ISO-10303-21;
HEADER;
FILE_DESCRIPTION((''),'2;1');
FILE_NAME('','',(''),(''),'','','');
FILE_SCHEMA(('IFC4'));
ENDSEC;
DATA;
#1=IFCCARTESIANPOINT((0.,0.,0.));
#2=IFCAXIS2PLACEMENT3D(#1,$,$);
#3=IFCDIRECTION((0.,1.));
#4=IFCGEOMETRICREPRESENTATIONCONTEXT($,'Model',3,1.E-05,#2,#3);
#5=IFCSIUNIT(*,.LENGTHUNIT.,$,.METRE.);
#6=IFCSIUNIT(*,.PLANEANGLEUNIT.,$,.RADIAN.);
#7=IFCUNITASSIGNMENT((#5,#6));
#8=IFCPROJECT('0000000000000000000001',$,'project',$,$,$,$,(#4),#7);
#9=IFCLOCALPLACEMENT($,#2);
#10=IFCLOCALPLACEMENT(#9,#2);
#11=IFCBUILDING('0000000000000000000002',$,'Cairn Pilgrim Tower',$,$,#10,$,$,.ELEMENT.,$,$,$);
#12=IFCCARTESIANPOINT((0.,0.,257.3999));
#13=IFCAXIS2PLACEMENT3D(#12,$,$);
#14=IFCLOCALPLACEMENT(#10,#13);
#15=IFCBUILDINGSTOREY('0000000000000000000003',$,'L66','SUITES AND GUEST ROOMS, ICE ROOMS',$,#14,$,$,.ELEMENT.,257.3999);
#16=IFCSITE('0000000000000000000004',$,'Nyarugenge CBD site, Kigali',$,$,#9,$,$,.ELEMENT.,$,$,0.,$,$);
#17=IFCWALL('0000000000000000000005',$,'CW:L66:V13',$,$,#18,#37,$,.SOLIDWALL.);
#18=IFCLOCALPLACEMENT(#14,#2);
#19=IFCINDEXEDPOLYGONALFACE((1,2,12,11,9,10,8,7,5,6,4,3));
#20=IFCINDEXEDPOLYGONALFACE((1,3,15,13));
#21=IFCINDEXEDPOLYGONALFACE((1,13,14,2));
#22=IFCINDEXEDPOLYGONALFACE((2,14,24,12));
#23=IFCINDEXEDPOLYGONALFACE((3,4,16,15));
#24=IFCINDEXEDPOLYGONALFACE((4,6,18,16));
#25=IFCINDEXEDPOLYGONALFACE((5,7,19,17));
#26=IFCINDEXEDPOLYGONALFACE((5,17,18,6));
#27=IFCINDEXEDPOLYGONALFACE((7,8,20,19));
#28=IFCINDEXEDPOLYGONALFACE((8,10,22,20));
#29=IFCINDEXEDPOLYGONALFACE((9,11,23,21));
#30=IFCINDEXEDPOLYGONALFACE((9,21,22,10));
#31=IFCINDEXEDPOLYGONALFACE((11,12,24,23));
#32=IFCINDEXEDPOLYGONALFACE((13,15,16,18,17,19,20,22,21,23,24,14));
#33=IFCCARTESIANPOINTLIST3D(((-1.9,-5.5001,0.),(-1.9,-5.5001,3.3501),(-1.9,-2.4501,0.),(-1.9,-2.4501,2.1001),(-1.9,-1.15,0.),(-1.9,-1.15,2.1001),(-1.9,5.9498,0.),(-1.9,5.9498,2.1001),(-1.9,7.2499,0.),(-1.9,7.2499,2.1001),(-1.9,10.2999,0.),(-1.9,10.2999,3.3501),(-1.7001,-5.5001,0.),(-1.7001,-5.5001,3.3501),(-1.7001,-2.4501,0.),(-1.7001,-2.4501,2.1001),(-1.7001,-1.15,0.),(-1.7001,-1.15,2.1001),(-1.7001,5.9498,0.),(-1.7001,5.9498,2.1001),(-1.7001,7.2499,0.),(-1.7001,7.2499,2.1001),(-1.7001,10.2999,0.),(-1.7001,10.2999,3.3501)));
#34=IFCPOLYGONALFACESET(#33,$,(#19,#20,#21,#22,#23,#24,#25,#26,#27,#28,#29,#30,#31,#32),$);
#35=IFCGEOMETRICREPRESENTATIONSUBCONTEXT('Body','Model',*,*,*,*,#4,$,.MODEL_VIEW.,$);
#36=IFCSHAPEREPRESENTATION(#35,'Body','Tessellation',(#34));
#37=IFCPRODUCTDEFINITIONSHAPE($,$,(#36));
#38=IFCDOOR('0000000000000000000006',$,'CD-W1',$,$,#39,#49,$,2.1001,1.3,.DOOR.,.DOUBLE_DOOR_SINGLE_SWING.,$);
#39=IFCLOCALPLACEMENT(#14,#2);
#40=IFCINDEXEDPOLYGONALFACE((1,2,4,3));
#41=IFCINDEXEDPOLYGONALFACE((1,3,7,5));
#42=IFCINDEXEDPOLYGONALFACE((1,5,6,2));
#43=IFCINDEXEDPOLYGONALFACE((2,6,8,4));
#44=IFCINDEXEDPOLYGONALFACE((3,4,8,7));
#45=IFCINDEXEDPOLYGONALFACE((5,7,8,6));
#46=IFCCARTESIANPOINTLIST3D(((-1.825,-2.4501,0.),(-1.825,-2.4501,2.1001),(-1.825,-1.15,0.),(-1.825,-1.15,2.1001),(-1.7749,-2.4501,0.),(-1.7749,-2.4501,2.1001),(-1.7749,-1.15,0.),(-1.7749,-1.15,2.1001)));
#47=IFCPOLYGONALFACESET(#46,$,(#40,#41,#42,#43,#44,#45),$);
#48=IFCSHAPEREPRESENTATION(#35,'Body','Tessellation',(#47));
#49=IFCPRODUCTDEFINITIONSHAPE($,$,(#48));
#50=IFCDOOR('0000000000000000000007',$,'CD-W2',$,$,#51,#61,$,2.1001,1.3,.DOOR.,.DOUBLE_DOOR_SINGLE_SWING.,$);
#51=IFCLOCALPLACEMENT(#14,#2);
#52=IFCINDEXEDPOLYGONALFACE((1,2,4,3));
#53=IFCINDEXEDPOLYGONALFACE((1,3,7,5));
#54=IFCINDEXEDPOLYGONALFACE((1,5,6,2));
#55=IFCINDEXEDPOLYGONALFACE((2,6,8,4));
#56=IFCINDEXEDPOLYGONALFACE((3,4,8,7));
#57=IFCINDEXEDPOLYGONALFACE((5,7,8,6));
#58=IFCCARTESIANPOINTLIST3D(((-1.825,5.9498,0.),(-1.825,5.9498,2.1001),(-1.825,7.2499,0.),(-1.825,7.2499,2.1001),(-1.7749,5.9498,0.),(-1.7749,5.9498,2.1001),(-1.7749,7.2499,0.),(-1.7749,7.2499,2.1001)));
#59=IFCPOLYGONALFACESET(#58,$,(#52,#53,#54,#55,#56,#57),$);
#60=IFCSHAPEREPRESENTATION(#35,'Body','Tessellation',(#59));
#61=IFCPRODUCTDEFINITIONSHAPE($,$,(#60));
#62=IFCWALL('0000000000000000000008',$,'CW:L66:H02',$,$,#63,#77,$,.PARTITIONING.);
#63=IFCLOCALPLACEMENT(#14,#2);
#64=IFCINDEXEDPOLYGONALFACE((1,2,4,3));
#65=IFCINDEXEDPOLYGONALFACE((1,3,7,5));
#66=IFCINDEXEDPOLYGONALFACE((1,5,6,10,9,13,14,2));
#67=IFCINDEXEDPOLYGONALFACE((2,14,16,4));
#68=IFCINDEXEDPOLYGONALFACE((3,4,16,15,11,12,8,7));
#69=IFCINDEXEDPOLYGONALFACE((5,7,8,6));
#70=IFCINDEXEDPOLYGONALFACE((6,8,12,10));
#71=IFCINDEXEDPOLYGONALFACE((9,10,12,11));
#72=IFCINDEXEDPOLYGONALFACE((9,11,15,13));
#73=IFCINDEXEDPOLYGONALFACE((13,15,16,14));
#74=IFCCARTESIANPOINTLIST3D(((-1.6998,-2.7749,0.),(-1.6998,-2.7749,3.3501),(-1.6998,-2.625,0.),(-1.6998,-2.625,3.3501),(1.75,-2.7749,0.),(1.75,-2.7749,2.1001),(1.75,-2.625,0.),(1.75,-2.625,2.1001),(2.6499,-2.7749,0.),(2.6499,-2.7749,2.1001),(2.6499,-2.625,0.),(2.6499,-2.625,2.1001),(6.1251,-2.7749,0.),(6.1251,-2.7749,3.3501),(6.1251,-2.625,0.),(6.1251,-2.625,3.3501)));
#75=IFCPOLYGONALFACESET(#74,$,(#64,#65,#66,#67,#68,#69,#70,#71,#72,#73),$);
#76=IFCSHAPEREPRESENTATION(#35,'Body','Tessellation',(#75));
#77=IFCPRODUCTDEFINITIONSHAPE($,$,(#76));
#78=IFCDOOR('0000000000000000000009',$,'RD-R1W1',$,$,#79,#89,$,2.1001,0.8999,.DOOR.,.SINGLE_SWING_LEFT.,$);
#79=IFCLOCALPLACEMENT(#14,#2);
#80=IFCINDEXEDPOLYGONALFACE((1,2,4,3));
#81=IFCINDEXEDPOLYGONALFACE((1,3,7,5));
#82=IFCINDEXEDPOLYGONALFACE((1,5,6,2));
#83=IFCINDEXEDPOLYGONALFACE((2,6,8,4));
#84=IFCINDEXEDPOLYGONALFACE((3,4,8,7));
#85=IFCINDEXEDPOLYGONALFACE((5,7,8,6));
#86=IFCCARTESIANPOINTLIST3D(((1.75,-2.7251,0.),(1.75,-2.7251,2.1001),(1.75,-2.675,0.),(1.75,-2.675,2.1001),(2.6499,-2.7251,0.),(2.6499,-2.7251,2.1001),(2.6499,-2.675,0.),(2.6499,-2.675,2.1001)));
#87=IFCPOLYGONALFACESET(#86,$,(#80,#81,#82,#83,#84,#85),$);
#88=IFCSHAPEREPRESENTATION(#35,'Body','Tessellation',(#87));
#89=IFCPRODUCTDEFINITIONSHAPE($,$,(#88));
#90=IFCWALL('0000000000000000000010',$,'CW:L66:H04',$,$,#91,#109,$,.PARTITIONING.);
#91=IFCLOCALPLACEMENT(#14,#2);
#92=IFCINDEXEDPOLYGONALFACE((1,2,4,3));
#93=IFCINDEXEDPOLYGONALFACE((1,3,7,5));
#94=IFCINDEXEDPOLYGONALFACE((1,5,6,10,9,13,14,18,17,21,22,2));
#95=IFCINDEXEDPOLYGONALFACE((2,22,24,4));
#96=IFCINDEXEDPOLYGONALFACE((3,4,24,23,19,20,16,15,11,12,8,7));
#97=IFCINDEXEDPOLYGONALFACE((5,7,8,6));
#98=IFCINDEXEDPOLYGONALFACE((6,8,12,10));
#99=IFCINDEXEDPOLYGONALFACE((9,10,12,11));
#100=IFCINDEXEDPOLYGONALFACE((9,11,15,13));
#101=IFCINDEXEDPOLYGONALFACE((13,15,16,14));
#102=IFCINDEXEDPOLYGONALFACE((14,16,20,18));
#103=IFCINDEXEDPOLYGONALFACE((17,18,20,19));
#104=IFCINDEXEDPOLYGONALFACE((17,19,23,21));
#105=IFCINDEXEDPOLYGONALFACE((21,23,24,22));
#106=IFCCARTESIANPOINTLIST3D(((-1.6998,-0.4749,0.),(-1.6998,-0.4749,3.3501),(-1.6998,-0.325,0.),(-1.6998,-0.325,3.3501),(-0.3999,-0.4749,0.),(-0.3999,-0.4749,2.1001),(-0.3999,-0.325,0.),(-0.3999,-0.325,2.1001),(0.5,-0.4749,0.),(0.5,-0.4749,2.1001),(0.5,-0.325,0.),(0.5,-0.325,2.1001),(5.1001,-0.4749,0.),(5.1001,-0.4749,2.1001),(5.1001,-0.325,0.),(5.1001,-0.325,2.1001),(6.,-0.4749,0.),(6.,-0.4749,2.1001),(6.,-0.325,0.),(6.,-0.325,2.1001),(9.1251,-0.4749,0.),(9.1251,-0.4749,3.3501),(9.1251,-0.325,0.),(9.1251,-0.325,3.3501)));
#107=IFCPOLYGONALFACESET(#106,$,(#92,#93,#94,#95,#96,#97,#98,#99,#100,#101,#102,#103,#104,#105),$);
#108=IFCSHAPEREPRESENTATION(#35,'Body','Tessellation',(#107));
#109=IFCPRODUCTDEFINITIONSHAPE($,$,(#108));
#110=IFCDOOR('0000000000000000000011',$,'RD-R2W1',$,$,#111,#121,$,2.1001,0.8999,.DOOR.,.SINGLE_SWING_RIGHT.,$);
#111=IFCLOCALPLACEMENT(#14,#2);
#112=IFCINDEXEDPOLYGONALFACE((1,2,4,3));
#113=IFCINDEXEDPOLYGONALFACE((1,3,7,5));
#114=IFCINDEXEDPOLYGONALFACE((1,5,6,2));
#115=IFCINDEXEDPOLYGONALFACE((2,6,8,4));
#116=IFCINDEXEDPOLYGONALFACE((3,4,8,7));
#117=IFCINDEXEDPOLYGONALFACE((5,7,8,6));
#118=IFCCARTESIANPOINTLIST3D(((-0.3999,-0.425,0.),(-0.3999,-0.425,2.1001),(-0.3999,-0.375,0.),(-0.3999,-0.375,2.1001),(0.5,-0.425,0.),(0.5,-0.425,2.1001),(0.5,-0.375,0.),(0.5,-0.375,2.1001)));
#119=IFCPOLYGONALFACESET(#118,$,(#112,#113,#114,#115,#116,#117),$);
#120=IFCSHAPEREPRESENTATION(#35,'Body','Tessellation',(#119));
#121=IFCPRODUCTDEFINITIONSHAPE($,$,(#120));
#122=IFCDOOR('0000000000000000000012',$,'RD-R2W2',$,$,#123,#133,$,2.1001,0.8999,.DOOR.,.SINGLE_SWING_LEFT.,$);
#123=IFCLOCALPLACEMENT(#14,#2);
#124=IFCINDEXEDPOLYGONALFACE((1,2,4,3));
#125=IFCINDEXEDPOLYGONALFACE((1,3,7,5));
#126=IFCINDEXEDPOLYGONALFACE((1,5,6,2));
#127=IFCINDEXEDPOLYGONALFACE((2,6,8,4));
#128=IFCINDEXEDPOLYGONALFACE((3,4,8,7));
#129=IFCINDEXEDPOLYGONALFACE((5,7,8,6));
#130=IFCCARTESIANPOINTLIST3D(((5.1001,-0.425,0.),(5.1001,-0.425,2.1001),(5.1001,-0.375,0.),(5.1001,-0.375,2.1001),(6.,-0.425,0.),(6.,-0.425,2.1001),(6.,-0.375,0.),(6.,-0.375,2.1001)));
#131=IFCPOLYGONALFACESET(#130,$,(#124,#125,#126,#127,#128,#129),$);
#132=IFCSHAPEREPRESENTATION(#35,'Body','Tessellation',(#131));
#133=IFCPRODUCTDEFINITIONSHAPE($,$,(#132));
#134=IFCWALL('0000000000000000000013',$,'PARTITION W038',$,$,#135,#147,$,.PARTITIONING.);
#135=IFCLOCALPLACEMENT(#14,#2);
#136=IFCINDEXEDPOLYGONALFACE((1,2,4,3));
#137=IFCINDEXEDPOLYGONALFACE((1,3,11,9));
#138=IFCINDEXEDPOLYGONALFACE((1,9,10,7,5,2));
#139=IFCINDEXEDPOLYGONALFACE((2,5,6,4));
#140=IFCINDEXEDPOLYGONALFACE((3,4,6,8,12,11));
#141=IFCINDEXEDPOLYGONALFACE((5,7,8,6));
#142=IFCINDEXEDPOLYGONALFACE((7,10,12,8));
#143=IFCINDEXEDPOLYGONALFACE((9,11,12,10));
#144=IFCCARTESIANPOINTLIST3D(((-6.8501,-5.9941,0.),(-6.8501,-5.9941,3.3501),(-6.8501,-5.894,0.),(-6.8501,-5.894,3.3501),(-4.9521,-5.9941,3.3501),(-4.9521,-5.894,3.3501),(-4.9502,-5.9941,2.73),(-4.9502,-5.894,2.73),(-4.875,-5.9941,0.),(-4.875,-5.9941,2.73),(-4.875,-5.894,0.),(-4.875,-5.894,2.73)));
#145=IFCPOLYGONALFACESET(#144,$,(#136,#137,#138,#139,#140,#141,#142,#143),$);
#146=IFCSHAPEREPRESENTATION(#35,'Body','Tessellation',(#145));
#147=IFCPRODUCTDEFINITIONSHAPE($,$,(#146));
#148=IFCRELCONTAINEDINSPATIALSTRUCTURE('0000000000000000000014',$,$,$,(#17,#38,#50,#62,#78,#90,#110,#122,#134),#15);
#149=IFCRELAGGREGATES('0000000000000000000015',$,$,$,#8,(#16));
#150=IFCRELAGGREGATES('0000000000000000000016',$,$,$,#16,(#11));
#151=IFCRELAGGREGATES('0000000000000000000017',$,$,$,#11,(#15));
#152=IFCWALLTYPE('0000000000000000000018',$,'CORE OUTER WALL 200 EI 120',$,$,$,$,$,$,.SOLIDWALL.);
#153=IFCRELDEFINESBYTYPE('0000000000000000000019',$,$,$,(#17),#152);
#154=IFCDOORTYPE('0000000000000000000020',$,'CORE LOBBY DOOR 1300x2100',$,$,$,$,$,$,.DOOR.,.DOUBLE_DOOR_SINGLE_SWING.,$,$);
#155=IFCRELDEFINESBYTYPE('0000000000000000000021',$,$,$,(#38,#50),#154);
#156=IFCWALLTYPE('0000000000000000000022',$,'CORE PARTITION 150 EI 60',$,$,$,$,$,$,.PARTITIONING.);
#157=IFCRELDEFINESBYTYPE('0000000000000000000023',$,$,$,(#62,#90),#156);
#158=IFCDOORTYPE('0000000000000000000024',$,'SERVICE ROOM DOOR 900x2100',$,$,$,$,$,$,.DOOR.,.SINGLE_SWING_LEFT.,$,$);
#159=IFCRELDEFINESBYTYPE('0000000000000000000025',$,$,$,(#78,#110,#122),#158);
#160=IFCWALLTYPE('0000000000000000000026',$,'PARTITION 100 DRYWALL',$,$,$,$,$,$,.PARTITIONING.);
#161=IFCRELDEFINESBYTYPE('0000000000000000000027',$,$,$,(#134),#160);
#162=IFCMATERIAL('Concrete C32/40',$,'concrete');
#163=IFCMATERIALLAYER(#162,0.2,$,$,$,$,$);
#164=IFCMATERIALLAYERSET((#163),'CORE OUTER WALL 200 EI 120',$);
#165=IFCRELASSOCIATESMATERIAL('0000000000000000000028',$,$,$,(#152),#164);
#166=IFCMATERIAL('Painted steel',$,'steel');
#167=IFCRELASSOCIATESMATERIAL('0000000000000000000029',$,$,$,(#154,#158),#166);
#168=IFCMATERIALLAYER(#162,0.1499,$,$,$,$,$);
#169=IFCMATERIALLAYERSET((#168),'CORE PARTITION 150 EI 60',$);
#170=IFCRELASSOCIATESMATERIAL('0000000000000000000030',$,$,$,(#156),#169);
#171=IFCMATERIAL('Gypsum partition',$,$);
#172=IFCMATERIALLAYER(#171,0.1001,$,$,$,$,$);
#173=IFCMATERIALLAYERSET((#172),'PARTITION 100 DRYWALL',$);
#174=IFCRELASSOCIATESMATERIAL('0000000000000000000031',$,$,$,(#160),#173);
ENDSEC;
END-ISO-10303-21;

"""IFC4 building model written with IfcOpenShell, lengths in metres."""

from ifc_helpers import new_model, si_unit, direction, frame, frame_2d, origin, place, context, subcontext, project, spatial, polyline, rectangle, outline, extrude, material, layer, layer_set, type_object, element, fill, save


model = new_model("IFC4")

# Units and contexts
model_context = context("Model", 3, precision=1e-05, world=origin(), true_north=direction((0.0, 1.0)))
body_context = subcontext(model_context, "Body", "Model", "MODEL_VIEW")
ifc_project = project(units=[si_unit("LENGTHUNIT", "METRE"), si_unit("PLANEANGLEUNIT", "RADIAN")], contexts=[model_context])

# Site, building, storey
site_placement = place(None, origin())
site = spatial("IfcSite", under=ifc_project, at=site_placement, Name="Nyarugenge CBD site, Kigali", CompositionType="ELEMENT", RefElevation=0.0)
building_placement = place(site_placement, origin())
building = spatial("IfcBuilding", under=site, at=building_placement, Name="Cairn Pilgrim Tower", CompositionType="ELEMENT")
storey_placement = place(building_placement, frame((0.0, 0.0, 257.3999)))
storey = spatial("IfcBuildingStorey", under=building, at=storey_placement, Name="L66", Description="SUITES AND GUEST ROOMS, ICE ROOMS", CompositionType="ELEMENT", Elevation=257.3999)

# Shared definitions
ifc_material_1 = material(Name="Concrete C32/40", Category="concrete")
ifc_layer_1 = layer(ifc_material_1, 0.2)
ifc_layer_set_1 = layer_set([ifc_layer_1], Name="CORE OUTER WALL 200 EI 120")
wall_type_1 = type_object("IfcWallType", Name="CORE OUTER WALL 200 EI 120", PredefinedType="SOLIDWALL", material=ifc_layer_set_1)

# Wall, openings, doors
wall_1_placement = place(storey_placement, frame((-1.8, -5.5, 0.0), z_axis=(0.0, 0.0, 1.0), x_axis=(0.0, 1.0, 0.0)))
wall_1 = element("IfcWall", 1, at=wall_1_placement, inside=storey, type_object=wall_type_1, Name="CW:L66:V13", PredefinedType="SOLIDWALL", context=body_context, shape_type="SweptSolid", body=[
    extrude(rectangle(XDim=15.8, YDim=0.2, at=frame_2d((7.8999, 0.0))), origin(), (0.0, 0.0, 1.0), 3.3501),
])
opening_1_placement = place(wall_1_placement, frame((3.05, 0.0, 0.0)))
opening_1 = element("IfcOpeningElement", 2, at=opening_1_placement, cuts=wall_1, PredefinedType="OPENING", context=body_context, shape_type="SweptSolid", body=[
    extrude(rectangle(XDim=1.3, YDim=2.1001, at=frame_2d((0.6499, 1.05))), frame((0.0, 0.1099, 0.0), z_axis=(0.0, -1.0, 0.0), x_axis=(1.0, 0.0, 0.0)), (0.0, 0.0, 1.0), 0.22),
])
opening_2_placement = place(wall_1_placement, frame((11.45, 0.0, 0.0)))
opening_2 = element("IfcOpeningElement", 3, at=opening_2_placement, cuts=wall_1, PredefinedType="OPENING", context=body_context, shape_type="SweptSolid", body=[
    extrude(rectangle(XDim=1.3, YDim=2.1001, at=frame_2d((0.6499, 1.05))), frame((0.0, 0.1099, 0.0), z_axis=(0.0, -1.0, 0.0), x_axis=(1.0, 0.0, 0.0)), (0.0, 0.0, 1.0), 0.22),
])
ifc_material_2 = material(Name="Painted steel", Category="steel")
door_type_1 = type_object("IfcDoorType", Name="CORE LOBBY DOOR 1300x2100", OperationType="DOUBLE_DOOR_SINGLE_SWING", PredefinedType="DOOR", material=ifc_material_2)
door_1_placement = place(opening_1_placement, origin())
door_1 = element("IfcDoor", 4, at=door_1_placement, inside=storey, type_object=door_type_1, Name="CD-W1", OperationType="DOUBLE_DOOR_SINGLE_SWING", OverallHeight=2.1001, OverallWidth=1.3, PredefinedType="DOOR", context=body_context, shape_type="SweptSolid", body=[
    extrude(rectangle(XDim=1.3, YDim=2.1001, at=frame_2d((0.6499, 1.05))), frame((0.0, 0.0249, 0.0), z_axis=(0.0, -1.0, 0.0), x_axis=(1.0, 0.0, 0.0)), (0.0, 0.0, 1.0), 0.05),
])
fill(opening_1, door_1)
door_2_placement = place(opening_2_placement, origin())
door_2 = element("IfcDoor", 5, at=door_2_placement, inside=storey, type_object=door_type_1, Name="CD-W2", OperationType="DOUBLE_DOOR_SINGLE_SWING", OverallHeight=2.1001, OverallWidth=1.3, PredefinedType="DOOR", context=body_context, shape_type="SweptSolid", body=[
    extrude(rectangle(XDim=1.3, YDim=2.1001, at=frame_2d((0.6499, 1.05))), frame((0.0, 0.0249, 0.0), z_axis=(0.0, -1.0, 0.0), x_axis=(1.0, 0.0, 0.0)), (0.0, 0.0, 1.0), 0.05),
])
fill(opening_2, door_2)

# Wall, opening, door
ifc_layer_2 = layer(ifc_material_1, 0.1499)
ifc_layer_set_2 = layer_set([ifc_layer_2], Name="CORE PARTITION 150 EI 60")
wall_type_2 = type_object("IfcWallType", Name="CORE PARTITION 150 EI 60", PredefinedType="PARTITIONING", material=ifc_layer_set_2)
wall_2_placement = place(storey_placement, frame((-1.7, -2.7, 0.0), z_axis=(0.0, 0.0, 1.0), x_axis=(1.0, 0.0, 0.0)))
wall_2 = element("IfcWall", 6, at=wall_2_placement, inside=storey, type_object=wall_type_2, Name="CW:L66:H02", PredefinedType="PARTITIONING", context=body_context, shape_type="SweptSolid", body=[
    extrude(rectangle(XDim=7.825, YDim=0.1499, at=frame_2d((3.9126, 0.0))), origin(), (0.0, 0.0, 1.0), 3.3501),
])
opening_3_placement = place(wall_2_placement, frame((3.45, 0.0, 0.0)))
opening_3 = element("IfcOpeningElement", 7, at=opening_3_placement, cuts=wall_2, PredefinedType="OPENING", context=body_context, shape_type="SweptSolid", body=[
    extrude(rectangle(XDim=0.8999, YDim=2.1001, at=frame_2d((0.45, 1.05))), frame((0.0, 0.085, 0.0), z_axis=(0.0, -1.0, 0.0), x_axis=(1.0, 0.0, 0.0)), (0.0, 0.0, 1.0), 0.1699),
])
door_type_2 = type_object("IfcDoorType", Name="SERVICE ROOM DOOR 900x2100", OperationType="SINGLE_SWING_LEFT", PredefinedType="DOOR", material=ifc_material_2)
door_3_placement = place(opening_3_placement, origin())
door_3 = element("IfcDoor", 8, at=door_3_placement, inside=storey, type_object=door_type_2, Name="RD-R1W1", OperationType="SINGLE_SWING_LEFT", OverallHeight=2.1001, OverallWidth=0.8999, PredefinedType="DOOR", context=body_context, shape_type="SweptSolid", body=[
    extrude(rectangle(XDim=0.8999, YDim=2.1001, at=frame_2d((0.45, 1.05))), frame((0.0, 0.0249, 0.0), z_axis=(0.0, -1.0, 0.0), x_axis=(1.0, 0.0, 0.0)), (0.0, 0.0, 1.0), 0.05),
])
fill(opening_3, door_3)

# Wall, openings, doors
wall_3_placement = place(storey_placement, frame((-1.7, -0.3999, 0.0), z_axis=(0.0, 0.0, 1.0), x_axis=(1.0, 0.0, 0.0)))
wall_3 = element("IfcWall", 9, at=wall_3_placement, inside=storey, type_object=wall_type_2, Name="CW:L66:H04", PredefinedType="PARTITIONING", context=body_context, shape_type="SweptSolid", body=[
    extrude(rectangle(XDim=10.825, YDim=0.1499, at=frame_2d((5.4126, 0.0))), origin(), (0.0, 0.0, 1.0), 3.3501),
])
opening_4_placement = place(wall_3_placement, frame((1.3, 0.0, 0.0)))
opening_4 = element("IfcOpeningElement", 10, at=opening_4_placement, cuts=wall_3, PredefinedType="OPENING", context=body_context, shape_type="SweptSolid", body=[
    extrude(rectangle(XDim=0.8999, YDim=2.1001, at=frame_2d((0.45, 1.05))), frame((0.0, 0.085, 0.0), z_axis=(0.0, -1.0, 0.0), x_axis=(1.0, 0.0, 0.0)), (0.0, 0.0, 1.0), 0.1699),
])
opening_5_placement = place(wall_3_placement, frame((6.8, 0.0, 0.0)))
opening_5 = element("IfcOpeningElement", 11, at=opening_5_placement, cuts=wall_3, PredefinedType="OPENING", context=body_context, shape_type="SweptSolid", body=[
    extrude(rectangle(XDim=0.8999, YDim=2.1001, at=frame_2d((0.45, 1.05))), frame((0.0, 0.085, 0.0), z_axis=(0.0, -1.0, 0.0), x_axis=(1.0, 0.0, 0.0)), (0.0, 0.0, 1.0), 0.1699),
])
door_4_placement = place(opening_4_placement, origin())
door_4 = element("IfcDoor", 12, at=door_4_placement, inside=storey, type_object=door_type_2, Name="RD-R2W1", OperationType="SINGLE_SWING_RIGHT", OverallHeight=2.1001, OverallWidth=0.8999, PredefinedType="DOOR", context=body_context, shape_type="SweptSolid", body=[
    extrude(rectangle(XDim=0.8999, YDim=2.1001, at=frame_2d((0.45, 1.05))), frame((0.0, 0.0249, 0.0), z_axis=(0.0, -1.0, 0.0), x_axis=(1.0, 0.0, 0.0)), (0.0, 0.0, 1.0), 0.05),
])
fill(opening_4, door_4)
door_5_placement = place(opening_5_placement, origin())
door_5 = element("IfcDoor", 13, at=door_5_placement, inside=storey, type_object=door_type_2, Name="RD-R2W2", OperationType="SINGLE_SWING_LEFT", OverallHeight=2.1001, OverallWidth=0.8999, PredefinedType="DOOR", context=body_context, shape_type="SweptSolid", body=[
    extrude(rectangle(XDim=0.8999, YDim=2.1001, at=frame_2d((0.45, 1.05))), frame((0.0, 0.0249, 0.0), z_axis=(0.0, -1.0, 0.0), x_axis=(1.0, 0.0, 0.0)), (0.0, 0.0, 1.0), 0.05),
])
fill(opening_5, door_5)

# Wall
ifc_material_3 = material(Name="Gypsum partition")
ifc_layer_3 = layer(ifc_material_3, 0.1001)
ifc_layer_set_3 = layer_set([ifc_layer_3], Name="PARTITION 100 DRYWALL")
wall_type_3 = type_object("IfcWallType", Name="PARTITION 100 DRYWALL", PredefinedType="PARTITIONING", material=ifc_layer_set_3)
wall_4_placement = place(storey_placement, frame((-6.8501, -5.9441, 0.0), z_axis=(0.0, 0.0, 1.0), x_axis=(1.0, 0.0, 0.0)))
element("IfcWall", 14, at=wall_4_placement, inside=storey, type_object=wall_type_3, Name="PARTITION W038", PredefinedType="PARTITIONING", context=body_context, shape_type="SweptSolid", body=[
    extrude(outline(polyline([(0.0, 0.0), (1.9751, 0.0), (1.9751, 2.73), (1.8999, 2.73), (1.8979, 3.3501), (0.0, 3.3501), (0.0, 0.0)])), frame((0.0, 0.05, 0.0), z_axis=(0.0, -1.0, 0.0), x_axis=(1.0, 0.0, 0.0)), (0.0, 0.0, 1.0), 0.1001),
])

save(model, "model.ifc")
